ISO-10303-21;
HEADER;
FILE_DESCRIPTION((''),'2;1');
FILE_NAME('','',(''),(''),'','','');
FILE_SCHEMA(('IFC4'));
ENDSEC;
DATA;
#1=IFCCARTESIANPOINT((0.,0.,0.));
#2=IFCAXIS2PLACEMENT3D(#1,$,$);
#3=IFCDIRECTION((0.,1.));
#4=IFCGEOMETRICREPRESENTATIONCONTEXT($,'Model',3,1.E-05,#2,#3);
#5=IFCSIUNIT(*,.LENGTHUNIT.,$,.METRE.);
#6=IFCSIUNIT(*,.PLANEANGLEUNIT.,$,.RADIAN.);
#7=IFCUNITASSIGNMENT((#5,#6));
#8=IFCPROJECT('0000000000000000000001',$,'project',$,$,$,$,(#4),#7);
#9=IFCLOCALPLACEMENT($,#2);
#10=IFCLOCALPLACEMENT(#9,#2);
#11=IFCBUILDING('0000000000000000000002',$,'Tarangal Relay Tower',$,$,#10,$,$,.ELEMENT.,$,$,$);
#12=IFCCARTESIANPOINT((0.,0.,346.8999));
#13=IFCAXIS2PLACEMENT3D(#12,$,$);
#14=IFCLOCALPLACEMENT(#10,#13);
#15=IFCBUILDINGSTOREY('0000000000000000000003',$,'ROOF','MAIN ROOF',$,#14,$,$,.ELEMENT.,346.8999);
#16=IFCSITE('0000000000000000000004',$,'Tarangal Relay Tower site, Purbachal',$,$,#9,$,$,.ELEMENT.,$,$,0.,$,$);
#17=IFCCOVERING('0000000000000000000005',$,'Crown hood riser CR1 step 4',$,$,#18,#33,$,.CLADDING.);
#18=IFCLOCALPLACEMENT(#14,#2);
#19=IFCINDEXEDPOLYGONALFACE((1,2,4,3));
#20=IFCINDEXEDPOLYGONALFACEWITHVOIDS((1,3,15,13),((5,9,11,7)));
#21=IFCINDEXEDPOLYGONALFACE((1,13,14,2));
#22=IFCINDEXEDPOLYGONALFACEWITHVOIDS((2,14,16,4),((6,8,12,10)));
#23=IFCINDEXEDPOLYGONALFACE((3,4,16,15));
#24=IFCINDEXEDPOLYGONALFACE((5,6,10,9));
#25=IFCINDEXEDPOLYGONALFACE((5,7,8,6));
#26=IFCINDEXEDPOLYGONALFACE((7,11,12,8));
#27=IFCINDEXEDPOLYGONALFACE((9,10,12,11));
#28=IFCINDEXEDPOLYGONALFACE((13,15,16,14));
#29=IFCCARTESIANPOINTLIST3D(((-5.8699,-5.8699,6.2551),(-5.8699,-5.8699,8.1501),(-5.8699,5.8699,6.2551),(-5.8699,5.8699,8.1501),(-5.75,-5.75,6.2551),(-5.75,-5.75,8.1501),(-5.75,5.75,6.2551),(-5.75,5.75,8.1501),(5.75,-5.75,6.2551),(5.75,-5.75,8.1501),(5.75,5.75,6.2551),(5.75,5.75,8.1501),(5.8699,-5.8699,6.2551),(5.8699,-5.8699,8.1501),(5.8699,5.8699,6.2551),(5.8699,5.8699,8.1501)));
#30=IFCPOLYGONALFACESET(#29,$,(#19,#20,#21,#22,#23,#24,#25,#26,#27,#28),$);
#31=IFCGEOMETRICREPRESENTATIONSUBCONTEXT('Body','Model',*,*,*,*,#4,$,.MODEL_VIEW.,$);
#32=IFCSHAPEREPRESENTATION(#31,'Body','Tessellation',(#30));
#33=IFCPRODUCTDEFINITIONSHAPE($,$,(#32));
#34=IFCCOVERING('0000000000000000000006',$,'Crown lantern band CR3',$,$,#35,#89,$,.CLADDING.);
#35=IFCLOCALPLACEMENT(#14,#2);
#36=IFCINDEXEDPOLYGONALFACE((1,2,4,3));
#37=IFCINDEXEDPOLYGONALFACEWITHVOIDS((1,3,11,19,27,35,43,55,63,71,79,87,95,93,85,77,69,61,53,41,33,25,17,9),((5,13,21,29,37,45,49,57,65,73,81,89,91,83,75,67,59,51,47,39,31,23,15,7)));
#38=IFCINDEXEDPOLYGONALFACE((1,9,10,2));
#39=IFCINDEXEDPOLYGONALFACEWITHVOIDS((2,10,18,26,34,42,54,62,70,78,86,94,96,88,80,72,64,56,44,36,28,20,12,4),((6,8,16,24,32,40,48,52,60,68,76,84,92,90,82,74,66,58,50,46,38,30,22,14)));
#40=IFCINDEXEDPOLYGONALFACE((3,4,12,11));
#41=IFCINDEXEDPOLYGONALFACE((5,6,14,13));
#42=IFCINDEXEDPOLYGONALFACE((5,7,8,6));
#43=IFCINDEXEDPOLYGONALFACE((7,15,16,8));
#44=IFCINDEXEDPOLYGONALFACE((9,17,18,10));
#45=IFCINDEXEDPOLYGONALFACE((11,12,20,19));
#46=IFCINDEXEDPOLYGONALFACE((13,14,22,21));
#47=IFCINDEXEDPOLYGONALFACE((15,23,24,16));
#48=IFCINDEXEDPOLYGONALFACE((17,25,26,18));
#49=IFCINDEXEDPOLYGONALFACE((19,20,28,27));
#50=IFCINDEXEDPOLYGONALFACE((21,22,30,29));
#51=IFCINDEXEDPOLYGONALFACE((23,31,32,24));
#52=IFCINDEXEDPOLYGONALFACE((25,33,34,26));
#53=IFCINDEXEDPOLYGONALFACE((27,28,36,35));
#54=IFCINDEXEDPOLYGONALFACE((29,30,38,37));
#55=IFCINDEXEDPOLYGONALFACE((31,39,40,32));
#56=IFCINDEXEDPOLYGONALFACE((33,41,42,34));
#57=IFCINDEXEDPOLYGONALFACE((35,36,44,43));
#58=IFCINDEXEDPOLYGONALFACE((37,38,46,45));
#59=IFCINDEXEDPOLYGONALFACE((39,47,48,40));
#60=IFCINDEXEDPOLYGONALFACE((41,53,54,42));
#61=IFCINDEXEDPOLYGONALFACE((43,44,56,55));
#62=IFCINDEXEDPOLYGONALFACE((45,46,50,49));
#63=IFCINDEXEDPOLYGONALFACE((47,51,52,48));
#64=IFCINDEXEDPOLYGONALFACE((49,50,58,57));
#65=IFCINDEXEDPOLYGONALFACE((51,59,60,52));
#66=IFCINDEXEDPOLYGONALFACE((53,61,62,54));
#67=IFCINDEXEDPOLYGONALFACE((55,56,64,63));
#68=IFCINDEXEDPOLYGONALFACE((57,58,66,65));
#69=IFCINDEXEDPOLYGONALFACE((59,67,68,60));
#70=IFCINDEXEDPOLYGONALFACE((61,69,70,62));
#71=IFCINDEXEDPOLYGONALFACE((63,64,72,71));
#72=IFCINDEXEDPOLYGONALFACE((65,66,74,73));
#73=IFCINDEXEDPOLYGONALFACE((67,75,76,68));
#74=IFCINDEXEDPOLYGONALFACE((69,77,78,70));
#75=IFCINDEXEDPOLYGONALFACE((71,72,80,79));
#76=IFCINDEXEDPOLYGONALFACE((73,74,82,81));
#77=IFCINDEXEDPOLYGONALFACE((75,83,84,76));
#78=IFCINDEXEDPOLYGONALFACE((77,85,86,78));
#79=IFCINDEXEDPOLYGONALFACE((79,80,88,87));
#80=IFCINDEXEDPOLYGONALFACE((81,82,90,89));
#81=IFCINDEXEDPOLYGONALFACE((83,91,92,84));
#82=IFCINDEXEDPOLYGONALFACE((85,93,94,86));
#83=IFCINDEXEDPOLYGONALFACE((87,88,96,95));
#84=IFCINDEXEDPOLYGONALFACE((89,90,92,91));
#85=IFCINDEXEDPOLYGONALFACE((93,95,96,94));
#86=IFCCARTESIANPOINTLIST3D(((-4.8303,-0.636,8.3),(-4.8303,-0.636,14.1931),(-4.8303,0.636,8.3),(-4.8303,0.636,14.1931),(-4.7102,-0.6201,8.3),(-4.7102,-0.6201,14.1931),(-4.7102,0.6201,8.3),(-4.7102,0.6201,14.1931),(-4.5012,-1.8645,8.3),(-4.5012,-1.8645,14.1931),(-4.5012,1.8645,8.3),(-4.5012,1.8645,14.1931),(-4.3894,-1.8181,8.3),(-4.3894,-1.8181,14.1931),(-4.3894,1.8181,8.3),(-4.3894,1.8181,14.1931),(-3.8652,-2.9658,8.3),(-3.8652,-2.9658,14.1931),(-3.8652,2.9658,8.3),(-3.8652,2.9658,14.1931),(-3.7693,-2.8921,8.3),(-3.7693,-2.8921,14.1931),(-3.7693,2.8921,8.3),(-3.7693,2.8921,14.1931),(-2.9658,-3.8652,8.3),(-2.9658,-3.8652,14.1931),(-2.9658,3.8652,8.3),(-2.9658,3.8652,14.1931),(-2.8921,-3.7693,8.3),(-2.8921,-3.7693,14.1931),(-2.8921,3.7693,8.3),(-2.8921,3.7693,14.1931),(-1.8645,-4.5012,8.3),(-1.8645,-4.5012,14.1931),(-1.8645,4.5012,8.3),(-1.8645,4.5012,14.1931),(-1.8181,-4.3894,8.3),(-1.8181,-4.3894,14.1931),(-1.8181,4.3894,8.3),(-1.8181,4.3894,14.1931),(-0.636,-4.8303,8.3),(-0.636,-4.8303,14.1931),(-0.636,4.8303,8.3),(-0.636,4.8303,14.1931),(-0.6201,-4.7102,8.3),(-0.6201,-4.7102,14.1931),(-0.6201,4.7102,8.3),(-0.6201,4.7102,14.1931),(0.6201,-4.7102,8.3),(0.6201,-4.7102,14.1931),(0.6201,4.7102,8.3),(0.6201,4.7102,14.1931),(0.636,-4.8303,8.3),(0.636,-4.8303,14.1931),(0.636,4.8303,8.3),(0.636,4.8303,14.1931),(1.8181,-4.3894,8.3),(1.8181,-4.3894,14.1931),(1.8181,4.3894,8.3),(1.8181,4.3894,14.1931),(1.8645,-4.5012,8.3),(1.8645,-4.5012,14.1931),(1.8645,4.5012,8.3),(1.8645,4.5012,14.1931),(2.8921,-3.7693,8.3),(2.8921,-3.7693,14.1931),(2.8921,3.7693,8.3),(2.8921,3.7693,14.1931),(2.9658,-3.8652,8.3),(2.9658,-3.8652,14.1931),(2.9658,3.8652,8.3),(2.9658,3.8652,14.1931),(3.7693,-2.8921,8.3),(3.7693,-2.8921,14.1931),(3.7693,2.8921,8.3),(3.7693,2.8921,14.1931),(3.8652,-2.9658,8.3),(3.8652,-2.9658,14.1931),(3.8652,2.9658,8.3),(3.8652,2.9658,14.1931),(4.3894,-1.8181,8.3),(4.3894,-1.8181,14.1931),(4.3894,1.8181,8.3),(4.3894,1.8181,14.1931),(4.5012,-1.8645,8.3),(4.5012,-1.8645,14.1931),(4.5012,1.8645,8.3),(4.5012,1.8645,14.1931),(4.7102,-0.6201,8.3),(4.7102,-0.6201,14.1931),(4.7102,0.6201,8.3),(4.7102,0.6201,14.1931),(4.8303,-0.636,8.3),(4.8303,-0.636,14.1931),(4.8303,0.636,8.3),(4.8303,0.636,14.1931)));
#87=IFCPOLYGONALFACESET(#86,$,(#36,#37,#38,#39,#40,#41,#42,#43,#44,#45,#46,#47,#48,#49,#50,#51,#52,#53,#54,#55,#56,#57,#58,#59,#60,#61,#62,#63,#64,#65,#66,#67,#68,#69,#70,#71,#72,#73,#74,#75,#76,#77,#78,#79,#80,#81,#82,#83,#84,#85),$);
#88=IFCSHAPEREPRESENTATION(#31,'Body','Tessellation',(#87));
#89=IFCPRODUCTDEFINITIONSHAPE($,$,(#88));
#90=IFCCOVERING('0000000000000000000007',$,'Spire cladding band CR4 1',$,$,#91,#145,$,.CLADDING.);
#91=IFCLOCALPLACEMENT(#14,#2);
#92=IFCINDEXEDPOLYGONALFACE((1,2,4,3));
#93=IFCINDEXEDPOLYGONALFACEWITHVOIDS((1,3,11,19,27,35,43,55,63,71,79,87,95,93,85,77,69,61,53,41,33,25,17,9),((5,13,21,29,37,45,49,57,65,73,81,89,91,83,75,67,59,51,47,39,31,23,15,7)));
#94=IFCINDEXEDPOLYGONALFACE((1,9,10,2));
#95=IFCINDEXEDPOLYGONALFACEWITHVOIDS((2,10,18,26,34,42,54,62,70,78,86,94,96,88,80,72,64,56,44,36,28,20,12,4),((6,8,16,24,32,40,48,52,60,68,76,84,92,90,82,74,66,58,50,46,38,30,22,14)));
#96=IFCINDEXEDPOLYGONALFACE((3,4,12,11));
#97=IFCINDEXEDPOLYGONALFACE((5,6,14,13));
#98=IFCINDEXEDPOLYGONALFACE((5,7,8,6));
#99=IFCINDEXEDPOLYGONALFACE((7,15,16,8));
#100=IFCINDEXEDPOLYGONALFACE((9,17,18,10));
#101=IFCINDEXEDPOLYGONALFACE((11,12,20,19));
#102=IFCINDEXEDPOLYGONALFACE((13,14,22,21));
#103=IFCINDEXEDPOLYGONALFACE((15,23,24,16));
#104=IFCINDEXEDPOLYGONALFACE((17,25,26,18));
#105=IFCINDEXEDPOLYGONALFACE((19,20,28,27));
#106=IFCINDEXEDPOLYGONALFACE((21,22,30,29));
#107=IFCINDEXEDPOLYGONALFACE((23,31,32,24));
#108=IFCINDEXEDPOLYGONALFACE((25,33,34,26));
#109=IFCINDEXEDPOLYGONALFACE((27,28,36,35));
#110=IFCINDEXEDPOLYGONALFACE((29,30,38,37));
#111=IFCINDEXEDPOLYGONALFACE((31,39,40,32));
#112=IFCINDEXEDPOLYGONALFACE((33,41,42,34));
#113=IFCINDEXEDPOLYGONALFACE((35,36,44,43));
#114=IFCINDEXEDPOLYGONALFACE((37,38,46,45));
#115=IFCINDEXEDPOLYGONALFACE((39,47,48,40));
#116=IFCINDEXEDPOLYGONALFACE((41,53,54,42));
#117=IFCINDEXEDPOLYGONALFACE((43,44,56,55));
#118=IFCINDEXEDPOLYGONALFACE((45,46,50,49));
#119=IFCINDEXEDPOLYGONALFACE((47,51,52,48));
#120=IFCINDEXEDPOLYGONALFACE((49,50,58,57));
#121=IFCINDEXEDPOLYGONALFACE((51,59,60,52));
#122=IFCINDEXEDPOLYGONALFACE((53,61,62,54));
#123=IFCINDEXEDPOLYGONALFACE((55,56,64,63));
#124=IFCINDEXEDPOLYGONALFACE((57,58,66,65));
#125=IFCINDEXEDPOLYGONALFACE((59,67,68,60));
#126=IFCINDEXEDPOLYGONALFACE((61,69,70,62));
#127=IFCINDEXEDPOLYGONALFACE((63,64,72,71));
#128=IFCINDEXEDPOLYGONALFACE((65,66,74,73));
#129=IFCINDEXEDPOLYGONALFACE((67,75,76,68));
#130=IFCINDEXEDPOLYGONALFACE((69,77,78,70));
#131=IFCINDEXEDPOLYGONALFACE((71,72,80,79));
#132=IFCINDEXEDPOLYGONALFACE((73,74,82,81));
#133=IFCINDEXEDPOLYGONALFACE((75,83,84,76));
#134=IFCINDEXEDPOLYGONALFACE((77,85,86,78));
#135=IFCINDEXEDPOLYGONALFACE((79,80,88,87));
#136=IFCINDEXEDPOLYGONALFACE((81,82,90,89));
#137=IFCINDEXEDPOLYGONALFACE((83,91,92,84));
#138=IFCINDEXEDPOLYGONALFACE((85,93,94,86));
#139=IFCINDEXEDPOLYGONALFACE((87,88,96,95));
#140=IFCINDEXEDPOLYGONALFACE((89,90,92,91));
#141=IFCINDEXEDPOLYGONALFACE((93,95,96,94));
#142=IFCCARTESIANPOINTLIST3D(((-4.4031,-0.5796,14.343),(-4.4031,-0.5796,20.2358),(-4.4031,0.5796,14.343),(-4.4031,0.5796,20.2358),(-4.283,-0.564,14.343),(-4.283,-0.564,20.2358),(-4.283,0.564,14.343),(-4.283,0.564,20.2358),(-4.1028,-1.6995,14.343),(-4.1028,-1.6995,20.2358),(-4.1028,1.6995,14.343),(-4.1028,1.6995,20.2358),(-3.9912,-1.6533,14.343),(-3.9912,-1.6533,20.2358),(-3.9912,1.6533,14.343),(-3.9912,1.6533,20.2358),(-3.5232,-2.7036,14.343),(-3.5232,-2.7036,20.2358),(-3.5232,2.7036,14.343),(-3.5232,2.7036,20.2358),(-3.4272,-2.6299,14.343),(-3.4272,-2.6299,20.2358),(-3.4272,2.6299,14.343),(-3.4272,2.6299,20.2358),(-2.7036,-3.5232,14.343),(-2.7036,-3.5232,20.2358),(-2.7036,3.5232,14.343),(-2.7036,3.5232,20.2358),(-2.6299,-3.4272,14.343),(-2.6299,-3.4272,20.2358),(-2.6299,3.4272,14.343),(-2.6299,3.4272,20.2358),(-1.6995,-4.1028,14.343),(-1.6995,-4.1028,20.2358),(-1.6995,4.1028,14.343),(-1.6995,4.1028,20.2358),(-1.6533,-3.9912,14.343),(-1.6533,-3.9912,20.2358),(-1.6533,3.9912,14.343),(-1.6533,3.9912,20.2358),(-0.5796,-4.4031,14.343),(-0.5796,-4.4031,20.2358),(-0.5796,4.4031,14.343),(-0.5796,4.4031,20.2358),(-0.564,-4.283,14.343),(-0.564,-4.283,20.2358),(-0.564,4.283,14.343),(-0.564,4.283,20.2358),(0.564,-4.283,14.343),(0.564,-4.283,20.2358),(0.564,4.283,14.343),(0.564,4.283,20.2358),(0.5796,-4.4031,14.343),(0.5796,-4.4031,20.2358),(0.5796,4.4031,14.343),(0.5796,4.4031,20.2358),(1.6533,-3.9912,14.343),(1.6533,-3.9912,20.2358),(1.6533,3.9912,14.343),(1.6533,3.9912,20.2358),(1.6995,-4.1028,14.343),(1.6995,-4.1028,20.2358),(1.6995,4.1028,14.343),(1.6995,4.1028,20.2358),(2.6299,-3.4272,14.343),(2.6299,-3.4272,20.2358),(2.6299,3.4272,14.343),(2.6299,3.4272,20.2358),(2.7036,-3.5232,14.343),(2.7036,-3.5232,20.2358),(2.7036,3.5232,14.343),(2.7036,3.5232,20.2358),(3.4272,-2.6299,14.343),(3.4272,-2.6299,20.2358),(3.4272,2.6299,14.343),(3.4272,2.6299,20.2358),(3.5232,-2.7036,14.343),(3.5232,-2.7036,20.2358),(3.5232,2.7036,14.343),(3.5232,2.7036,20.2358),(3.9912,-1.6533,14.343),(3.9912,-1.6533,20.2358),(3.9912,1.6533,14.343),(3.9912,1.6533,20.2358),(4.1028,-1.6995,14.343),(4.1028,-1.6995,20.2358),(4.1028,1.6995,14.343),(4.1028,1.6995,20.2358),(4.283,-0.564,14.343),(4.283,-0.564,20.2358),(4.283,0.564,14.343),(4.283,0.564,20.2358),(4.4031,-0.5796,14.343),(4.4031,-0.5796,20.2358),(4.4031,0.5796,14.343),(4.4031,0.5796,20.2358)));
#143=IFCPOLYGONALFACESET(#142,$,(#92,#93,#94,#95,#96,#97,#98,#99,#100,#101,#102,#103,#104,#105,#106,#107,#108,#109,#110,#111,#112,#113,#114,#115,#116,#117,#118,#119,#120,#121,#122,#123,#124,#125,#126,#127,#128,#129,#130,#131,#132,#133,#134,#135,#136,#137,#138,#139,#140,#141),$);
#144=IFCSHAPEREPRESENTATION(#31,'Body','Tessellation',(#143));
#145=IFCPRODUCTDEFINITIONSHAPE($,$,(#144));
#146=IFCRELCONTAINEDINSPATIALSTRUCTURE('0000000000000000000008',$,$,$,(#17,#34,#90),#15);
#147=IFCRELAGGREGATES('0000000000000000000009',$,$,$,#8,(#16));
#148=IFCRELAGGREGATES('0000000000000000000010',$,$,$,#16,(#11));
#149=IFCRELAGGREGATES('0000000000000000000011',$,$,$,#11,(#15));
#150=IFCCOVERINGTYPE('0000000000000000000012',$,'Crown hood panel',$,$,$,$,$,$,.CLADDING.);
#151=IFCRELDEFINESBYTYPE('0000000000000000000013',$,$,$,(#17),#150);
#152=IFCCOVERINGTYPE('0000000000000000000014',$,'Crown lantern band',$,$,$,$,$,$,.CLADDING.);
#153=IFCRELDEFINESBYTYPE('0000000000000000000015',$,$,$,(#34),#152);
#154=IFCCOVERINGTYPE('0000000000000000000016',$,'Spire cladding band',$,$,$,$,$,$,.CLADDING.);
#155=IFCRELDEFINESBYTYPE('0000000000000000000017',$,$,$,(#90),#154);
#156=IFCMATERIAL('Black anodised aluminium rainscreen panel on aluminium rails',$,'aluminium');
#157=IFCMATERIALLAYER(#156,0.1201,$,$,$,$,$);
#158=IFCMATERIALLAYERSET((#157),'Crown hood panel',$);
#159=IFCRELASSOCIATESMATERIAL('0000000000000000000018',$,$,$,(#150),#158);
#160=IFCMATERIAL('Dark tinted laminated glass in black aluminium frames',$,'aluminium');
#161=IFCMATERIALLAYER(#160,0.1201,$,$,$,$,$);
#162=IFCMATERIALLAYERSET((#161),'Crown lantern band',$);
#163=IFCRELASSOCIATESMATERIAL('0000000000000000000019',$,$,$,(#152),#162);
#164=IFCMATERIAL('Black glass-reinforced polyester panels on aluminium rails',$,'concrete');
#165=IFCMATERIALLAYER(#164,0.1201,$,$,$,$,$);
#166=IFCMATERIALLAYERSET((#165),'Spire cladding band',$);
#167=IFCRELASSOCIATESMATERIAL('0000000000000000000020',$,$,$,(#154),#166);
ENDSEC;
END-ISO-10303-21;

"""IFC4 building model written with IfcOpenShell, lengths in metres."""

from ifc_helpers import new_model, si_unit, direction, frame, origin, place, context, subcontext, project, spatial, polyline, outline, extrude, material, layer, layer_set, type_object, element, save


model = new_model("IFC4")

# Units and contexts
model_context = context("Model", 3, precision=1e-05, world=origin(), true_north=direction((0.0, 1.0)))
body_context = subcontext(model_context, "Body", "Model", "MODEL_VIEW")
ifc_project = project(units=[si_unit("LENGTHUNIT", "METRE"), si_unit("PLANEANGLEUNIT", "RADIAN")], contexts=[model_context])

# Site, building, storey
site_placement = place(None, origin())
site = spatial("IfcSite", under=ifc_project, at=site_placement, Name="Tarangal Relay Tower site, Purbachal", CompositionType="ELEMENT", RefElevation=0.0)
building_placement = place(site_placement, origin())
building = spatial("IfcBuilding", under=site, at=building_placement, Name="Tarangal Relay Tower", CompositionType="ELEMENT")
storey_placement = place(building_placement, frame((0.0, 0.0, 346.8999)))
storey = spatial("IfcBuildingStorey", under=building, at=storey_placement, Name="ROOF", Description="MAIN ROOF", CompositionType="ELEMENT", Elevation=346.8999)

# Coverings
ifc_material_1 = material(Name="Black anodised aluminium rainscreen panel on aluminium rails", Category="aluminium")
ifc_layer_1 = layer(ifc_material_1, 0.1201)
ifc_layer_set_1 = layer_set([ifc_layer_1], Name="Crown hood panel")
covering_type_1 = type_object("IfcCoveringType", Name="Crown hood panel", PredefinedType="CLADDING", material=ifc_layer_set_1)
covering_1_placement = place(storey_placement, frame((0.0, 0.0, 6.2551)))
element("IfcCovering", 1, at=covering_1_placement, inside=storey, type_object=covering_type_1, Name="Crown hood riser CR1 step 4", PredefinedType="CLADDING", context=body_context, shape_type="SweptSolid", body=[
    extrude(outline(polyline([(-5.8699, -5.8699), (5.8699, -5.8699), (5.8699, 5.8699), (-5.8699, 5.8699), (-5.8699, -5.8699)]), holes=[polyline([(-5.75, -5.75), (5.75, -5.75), (5.75, 5.75), (-5.75, 5.75), (-5.75, -5.75)])]), origin(), (0.0, 0.0, 1.0), 1.895),
])
ifc_material_2 = material(Name="Dark tinted laminated glass in black aluminium frames", Category="aluminium")
ifc_layer_2 = layer(ifc_material_2, 0.1201)
ifc_layer_set_2 = layer_set([ifc_layer_2], Name="Crown lantern band")
covering_type_2 = type_object("IfcCoveringType", Name="Crown lantern band", PredefinedType="CLADDING", material=ifc_layer_set_2)
covering_2_placement = place(storey_placement, frame((0.0, 0.0, 8.3)))
element("IfcCovering", 2, at=covering_2_placement, inside=storey, type_object=covering_type_2, Name="Crown lantern band CR3", PredefinedType="CLADDING", context=body_context, shape_type="SweptSolid", body=[
    extrude(outline(polyline([(4.8303, 0.636), (4.5012, 1.8645), (3.8652, 2.9658), (2.9658, 3.8652), (1.8645, 4.5012), (0.636, 4.8303), (-0.636, 4.8303), (-1.8645, 4.5012), (-2.9658, 3.8652), (-3.8652, 2.9658), (-4.5012, 1.8645), (-4.8303, 0.636), (-4.8303, -0.636), (-4.5012, -1.8645), (-3.8652, -2.9658), (-2.9658, -3.8652), (-1.8645, -4.5012), (-0.636, -4.8303), (0.636, -4.8303), (1.8645, -4.5012), (2.9658, -3.8652), (3.8652, -2.9658), (4.5012, -1.8645), (4.8303, -0.636), (4.8303, 0.636)]), holes=[polyline([(4.7102, 0.6201), (4.3894, 1.8181), (3.7693, 2.8921), (2.8921, 3.7693), (1.8181, 4.3894), (0.6201, 4.7102), (-0.6201, 4.7102), (-1.8181, 4.3894), (-2.8921, 3.7693), (-3.7693, 2.8921), (-4.3894, 1.8181), (-4.7102, 0.6201), (-4.7102, -0.6201), (-4.3894, -1.8181), (-3.7693, -2.8921), (-2.8921, -3.7693), (-1.8181, -4.3894), (-0.6201, -4.7102), (0.6201, -4.7102), (1.8181, -4.3894), (2.8921, -3.7693), (3.7693, -2.8921), (4.3894, -1.8181), (4.7102, -0.6201), (4.7102, 0.6201)])]), origin(), (0.0, 0.0, 1.0), 5.8931),
])
ifc_material_3 = material(Name="Black glass-reinforced polyester panels on aluminium rails", Category="concrete")
ifc_layer_3 = layer(ifc_material_3, 0.1201)
ifc_layer_set_3 = layer_set([ifc_layer_3], Name="Spire cladding band")
covering_type_3 = type_object("IfcCoveringType", Name="Spire cladding band", PredefinedType="CLADDING", material=ifc_layer_set_3)
covering_3_placement = place(storey_placement, frame((0.0, 0.0, 14.343)))
element("IfcCovering", 3, at=covering_3_placement, inside=storey, type_object=covering_type_3, Name="Spire cladding band CR4 1", PredefinedType="CLADDING", context=body_context, shape_type="SweptSolid", body=[
    extrude(outline(polyline([(4.4031, 0.5796), (4.1028, 1.6995), (3.5232, 2.7036), (2.7036, 3.5232), (1.6995, 4.1028), (0.5796, 4.4031), (-0.5796, 4.4031), (-1.6995, 4.1028), (-2.7036, 3.5232), (-3.5232, 2.7036), (-4.1028, 1.6995), (-4.4031, 0.5796), (-4.4031, -0.5796), (-4.1028, -1.6995), (-3.5232, -2.7036), (-2.7036, -3.5232), (-1.6995, -4.1028), (-0.5796, -4.4031), (0.5796, -4.4031), (1.6995, -4.1028), (2.7036, -3.5232), (3.5232, -2.7036), (4.1028, -1.6995), (4.4031, -0.5796), (4.4031, 0.5796)]), holes=[polyline([(4.283, 0.564), (3.9912, 1.6533), (3.4272, 2.6299), (2.6299, 3.4272), (1.6533, 3.9912), (0.564, 4.283), (-0.564, 4.283), (-1.6533, 3.9912), (-2.6299, 3.4272), (-3.4272, 2.6299), (-3.9912, 1.6533), (-4.283, 0.564), (-4.283, -0.564), (-3.9912, -1.6533), (-3.4272, -2.6299), (-2.6299, -3.4272), (-1.6533, -3.9912), (-0.564, -4.283), (0.564, -4.283), (1.6533, -3.9912), (2.6299, -3.4272), (3.4272, -2.6299), (3.9912, -1.6533), (4.283, -0.564), (4.283, 0.564)])]), origin(), (0.0, 0.0, 1.0), 5.8928),
])

save(model, "model.ifc")
